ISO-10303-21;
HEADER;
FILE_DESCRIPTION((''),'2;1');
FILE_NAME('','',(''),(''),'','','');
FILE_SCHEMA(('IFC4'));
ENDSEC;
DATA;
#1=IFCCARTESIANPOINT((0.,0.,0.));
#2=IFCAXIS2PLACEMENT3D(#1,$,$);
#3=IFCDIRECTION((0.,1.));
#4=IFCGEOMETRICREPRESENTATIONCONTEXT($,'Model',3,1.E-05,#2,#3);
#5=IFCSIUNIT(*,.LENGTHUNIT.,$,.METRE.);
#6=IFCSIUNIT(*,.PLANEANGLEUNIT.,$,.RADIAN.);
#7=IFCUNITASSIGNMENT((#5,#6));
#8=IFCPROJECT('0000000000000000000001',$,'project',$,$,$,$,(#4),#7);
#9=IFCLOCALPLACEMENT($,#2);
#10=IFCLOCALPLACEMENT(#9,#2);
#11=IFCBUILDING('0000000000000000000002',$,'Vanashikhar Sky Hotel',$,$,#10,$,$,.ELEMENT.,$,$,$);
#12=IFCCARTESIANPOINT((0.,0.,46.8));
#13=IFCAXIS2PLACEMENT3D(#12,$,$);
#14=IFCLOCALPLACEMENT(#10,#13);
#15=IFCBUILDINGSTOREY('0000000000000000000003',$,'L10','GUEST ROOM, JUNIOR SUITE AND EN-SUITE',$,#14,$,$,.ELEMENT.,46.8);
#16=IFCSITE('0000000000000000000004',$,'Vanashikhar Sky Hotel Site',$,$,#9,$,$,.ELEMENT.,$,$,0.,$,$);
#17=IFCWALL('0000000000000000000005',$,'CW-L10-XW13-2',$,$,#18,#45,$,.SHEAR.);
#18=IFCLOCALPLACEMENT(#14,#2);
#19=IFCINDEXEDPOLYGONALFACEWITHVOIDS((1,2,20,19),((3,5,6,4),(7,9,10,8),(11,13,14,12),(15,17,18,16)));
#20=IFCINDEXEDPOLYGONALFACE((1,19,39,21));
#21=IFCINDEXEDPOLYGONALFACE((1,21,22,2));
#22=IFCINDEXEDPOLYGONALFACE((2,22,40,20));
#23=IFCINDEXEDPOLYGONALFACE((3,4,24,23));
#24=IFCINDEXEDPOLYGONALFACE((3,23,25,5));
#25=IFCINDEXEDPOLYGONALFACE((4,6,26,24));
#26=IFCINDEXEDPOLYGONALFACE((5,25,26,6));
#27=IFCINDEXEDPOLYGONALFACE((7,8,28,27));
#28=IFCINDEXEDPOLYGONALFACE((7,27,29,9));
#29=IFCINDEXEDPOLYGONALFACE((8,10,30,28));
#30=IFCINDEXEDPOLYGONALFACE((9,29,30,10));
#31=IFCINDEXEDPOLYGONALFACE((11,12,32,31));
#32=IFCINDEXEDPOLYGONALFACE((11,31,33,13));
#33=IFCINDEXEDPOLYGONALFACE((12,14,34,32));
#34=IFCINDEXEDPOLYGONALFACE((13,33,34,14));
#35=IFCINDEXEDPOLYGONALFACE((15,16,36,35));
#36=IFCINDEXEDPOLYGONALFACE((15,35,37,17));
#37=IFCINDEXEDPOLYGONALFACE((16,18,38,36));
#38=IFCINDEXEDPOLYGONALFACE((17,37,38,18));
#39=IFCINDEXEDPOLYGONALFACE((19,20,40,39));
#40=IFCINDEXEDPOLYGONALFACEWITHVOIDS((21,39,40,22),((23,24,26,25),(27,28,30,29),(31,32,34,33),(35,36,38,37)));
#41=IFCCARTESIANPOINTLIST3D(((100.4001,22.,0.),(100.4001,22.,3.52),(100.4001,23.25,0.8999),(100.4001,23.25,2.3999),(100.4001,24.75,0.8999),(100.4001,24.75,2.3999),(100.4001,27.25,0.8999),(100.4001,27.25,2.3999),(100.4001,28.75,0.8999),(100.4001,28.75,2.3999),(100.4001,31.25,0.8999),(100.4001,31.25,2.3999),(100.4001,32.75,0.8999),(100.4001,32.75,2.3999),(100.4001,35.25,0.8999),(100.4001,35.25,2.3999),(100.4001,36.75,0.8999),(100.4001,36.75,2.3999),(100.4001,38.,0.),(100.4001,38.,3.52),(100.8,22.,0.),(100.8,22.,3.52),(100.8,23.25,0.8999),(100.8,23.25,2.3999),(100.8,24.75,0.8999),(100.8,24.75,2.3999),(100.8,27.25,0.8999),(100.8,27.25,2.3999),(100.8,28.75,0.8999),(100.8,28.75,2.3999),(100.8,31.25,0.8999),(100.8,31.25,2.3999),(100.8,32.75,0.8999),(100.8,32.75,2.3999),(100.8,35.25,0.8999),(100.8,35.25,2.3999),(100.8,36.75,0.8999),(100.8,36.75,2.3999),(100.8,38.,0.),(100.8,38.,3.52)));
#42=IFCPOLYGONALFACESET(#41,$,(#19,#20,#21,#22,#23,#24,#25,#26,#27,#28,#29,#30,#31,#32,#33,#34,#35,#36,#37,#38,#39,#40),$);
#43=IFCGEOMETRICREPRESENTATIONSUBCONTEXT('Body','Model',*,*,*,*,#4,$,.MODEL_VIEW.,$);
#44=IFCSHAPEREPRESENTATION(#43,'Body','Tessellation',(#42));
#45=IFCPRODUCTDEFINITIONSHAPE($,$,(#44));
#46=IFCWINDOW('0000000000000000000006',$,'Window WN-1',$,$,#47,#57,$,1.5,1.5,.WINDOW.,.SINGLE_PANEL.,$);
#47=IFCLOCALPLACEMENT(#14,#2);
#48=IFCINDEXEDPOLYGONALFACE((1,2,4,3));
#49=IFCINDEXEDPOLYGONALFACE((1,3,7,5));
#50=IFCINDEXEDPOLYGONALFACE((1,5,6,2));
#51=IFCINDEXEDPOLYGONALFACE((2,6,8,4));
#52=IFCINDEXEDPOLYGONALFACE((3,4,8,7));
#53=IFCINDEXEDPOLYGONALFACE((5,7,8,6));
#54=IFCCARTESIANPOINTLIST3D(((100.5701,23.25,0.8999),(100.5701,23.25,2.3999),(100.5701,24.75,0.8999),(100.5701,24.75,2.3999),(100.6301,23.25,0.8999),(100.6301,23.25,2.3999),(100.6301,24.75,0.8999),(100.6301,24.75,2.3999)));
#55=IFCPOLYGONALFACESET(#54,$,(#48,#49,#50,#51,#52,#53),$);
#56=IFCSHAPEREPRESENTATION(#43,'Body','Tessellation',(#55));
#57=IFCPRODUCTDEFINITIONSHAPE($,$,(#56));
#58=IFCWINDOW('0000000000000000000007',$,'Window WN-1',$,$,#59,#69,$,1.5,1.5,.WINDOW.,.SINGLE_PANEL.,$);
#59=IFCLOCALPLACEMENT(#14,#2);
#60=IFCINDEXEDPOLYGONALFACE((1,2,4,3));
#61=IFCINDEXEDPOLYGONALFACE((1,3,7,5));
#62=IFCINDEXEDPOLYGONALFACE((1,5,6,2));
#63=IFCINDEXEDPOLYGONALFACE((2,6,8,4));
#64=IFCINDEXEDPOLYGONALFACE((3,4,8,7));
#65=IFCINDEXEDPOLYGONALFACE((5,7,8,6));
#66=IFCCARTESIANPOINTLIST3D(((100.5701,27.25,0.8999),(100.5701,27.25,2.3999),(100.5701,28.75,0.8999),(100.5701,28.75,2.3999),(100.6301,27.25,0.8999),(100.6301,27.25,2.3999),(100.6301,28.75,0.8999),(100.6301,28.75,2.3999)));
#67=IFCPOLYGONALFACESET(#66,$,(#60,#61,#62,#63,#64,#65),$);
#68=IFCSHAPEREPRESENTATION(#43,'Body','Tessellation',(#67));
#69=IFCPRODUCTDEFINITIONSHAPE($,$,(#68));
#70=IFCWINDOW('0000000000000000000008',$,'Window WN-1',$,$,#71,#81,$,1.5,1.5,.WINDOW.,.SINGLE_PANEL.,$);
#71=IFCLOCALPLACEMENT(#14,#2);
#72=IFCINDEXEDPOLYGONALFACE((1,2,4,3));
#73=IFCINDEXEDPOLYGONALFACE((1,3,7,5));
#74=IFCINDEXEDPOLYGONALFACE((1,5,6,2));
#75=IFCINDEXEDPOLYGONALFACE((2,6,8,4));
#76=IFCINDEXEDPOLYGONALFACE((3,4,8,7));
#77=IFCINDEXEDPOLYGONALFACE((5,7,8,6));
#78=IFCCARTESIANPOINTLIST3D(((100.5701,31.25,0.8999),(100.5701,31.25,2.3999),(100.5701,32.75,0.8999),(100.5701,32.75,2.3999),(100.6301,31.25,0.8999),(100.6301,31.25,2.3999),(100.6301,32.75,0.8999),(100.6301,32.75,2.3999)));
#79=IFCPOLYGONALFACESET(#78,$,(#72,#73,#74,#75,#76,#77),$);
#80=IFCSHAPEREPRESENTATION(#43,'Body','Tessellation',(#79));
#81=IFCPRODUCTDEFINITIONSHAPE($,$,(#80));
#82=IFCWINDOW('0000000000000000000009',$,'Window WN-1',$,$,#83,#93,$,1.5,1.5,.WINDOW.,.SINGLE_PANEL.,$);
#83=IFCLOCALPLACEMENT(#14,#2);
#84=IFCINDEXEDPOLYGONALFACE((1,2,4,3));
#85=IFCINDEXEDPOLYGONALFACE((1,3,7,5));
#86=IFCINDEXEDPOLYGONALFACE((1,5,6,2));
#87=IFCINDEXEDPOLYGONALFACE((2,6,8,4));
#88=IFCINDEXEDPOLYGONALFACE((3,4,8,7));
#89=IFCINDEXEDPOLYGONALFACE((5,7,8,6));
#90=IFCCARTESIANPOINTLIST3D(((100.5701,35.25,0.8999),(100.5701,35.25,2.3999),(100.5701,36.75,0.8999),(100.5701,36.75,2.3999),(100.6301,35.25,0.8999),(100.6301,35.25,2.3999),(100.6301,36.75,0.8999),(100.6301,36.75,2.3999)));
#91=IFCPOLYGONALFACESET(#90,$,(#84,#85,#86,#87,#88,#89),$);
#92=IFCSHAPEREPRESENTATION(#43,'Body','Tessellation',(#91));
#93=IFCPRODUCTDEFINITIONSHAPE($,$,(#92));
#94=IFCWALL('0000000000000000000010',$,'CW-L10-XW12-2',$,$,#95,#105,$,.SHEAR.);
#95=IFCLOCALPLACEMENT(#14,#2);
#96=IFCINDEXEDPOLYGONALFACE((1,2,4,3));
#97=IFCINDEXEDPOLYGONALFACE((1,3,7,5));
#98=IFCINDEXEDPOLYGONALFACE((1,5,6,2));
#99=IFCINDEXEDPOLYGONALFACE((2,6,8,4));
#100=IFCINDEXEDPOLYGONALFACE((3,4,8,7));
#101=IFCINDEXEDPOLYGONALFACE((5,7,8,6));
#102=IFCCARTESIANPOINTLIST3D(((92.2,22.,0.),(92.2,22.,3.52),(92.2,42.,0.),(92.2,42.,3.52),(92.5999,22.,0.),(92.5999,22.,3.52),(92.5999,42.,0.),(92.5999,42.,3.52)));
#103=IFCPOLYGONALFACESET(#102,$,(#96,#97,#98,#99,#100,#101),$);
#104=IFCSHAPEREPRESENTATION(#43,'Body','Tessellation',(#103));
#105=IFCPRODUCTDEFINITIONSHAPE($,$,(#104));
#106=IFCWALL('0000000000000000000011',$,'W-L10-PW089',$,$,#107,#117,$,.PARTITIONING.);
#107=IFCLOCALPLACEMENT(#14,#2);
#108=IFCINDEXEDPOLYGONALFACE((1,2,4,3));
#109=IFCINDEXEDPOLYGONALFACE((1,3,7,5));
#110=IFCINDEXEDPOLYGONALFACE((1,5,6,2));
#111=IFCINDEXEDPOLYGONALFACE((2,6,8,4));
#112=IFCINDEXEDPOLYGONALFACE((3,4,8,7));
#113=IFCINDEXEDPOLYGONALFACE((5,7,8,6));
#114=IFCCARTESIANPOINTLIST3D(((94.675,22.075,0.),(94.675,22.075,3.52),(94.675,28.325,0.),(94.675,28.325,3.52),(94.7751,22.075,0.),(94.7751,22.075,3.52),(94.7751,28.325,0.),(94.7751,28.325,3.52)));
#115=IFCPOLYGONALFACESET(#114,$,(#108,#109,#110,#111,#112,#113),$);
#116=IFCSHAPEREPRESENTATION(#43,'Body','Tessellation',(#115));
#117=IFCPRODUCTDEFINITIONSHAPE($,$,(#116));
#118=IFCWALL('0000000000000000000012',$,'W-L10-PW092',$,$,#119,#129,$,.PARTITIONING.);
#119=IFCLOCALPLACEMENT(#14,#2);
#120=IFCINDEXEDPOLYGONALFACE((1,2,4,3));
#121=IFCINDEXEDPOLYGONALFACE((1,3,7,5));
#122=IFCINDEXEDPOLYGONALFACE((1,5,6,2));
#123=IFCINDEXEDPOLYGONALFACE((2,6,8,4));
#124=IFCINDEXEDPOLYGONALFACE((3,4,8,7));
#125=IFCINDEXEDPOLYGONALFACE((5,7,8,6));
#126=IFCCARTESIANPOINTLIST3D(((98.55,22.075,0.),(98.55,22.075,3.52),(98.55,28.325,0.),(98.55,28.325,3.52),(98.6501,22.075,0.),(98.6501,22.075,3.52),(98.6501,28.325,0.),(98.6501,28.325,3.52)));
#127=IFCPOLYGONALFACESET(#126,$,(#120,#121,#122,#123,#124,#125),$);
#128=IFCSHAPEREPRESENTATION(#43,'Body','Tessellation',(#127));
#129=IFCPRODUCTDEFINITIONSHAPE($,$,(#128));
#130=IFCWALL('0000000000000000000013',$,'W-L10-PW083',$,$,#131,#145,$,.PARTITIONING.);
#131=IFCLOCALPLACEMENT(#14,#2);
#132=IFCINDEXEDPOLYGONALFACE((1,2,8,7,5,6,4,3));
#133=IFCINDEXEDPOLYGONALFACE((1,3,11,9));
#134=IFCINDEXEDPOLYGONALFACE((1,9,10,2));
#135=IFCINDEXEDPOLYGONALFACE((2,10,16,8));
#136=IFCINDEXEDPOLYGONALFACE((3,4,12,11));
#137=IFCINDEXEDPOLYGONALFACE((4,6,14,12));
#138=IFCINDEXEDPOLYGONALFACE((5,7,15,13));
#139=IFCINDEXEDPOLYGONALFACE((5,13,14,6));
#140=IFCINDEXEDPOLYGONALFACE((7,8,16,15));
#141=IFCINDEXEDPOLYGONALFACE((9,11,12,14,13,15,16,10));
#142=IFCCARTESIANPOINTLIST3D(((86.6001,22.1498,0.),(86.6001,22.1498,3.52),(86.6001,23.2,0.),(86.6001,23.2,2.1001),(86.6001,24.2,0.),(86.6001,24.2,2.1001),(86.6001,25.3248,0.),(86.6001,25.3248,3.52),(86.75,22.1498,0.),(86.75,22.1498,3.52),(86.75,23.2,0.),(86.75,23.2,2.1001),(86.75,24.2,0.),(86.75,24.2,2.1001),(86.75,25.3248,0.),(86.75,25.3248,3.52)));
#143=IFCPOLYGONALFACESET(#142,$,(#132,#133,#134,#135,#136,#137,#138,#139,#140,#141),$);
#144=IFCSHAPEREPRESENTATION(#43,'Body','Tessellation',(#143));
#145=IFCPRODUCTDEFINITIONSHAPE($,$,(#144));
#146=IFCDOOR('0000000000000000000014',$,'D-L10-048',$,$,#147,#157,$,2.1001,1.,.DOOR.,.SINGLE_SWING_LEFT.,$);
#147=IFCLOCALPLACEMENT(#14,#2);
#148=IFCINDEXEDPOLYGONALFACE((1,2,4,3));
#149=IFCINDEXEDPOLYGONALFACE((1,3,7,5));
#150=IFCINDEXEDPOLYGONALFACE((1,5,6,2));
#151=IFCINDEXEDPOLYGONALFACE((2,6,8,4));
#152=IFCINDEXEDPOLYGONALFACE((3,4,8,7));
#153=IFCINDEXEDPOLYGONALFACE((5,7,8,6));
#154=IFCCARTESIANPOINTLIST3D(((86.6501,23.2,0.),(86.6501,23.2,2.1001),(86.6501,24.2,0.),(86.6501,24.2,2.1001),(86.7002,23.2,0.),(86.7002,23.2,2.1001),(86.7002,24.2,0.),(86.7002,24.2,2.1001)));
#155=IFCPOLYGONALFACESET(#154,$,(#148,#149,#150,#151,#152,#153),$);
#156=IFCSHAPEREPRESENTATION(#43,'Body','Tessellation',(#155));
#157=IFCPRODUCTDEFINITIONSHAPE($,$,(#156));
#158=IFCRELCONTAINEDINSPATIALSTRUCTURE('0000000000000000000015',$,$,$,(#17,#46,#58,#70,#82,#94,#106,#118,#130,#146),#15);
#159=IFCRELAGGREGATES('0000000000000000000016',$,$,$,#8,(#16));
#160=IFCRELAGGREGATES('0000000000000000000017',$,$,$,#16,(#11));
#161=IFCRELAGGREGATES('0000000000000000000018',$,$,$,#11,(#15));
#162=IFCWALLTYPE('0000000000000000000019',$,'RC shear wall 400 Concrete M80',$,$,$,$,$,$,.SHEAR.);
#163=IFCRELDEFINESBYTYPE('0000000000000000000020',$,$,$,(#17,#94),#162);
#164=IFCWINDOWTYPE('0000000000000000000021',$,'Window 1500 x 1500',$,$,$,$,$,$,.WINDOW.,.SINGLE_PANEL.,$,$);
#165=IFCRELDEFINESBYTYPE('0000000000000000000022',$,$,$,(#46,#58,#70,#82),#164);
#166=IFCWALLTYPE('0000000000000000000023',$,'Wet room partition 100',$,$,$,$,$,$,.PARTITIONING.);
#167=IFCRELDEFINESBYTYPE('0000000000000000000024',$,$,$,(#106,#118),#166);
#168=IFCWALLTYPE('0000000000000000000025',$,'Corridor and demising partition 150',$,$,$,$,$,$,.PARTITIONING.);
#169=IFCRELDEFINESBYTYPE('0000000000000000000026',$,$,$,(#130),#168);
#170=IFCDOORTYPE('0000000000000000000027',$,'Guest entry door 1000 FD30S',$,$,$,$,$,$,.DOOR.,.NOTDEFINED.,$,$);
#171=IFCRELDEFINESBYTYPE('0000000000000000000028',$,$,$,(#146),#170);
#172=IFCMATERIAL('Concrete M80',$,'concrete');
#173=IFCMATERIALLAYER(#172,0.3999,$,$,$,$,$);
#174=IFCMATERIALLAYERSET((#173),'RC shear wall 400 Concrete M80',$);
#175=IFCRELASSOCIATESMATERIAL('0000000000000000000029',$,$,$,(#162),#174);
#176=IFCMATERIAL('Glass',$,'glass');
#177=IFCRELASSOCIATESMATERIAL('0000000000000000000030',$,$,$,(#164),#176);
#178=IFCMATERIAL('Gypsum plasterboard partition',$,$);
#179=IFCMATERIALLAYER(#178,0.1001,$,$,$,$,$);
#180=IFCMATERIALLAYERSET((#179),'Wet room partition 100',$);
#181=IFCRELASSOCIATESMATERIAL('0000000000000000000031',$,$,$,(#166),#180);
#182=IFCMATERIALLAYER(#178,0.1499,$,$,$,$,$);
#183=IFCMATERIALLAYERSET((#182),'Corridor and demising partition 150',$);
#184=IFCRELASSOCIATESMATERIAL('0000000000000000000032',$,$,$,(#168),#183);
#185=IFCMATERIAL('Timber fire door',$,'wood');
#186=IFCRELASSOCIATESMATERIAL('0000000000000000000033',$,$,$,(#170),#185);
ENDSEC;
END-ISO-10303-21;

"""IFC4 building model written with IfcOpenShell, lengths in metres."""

from ifc_helpers import new_model, si_unit, direction, frame, frame_2d, origin, place, context, subcontext, project, spatial, rectangle, extrude, source, transform, mapped, material, layer, layer_set, type_object, element, fill, save


model = new_model("IFC4")

# Units and contexts
model_context = context("Model", 3, precision=1e-05, world=origin(), true_north=direction((0.0, 1.0)))
body_context = subcontext(model_context, "Body", "Model", "MODEL_VIEW")
ifc_project = project(units=[si_unit("LENGTHUNIT", "METRE"), si_unit("PLANEANGLEUNIT", "RADIAN")], contexts=[model_context])

# Site, building, storey
site_placement = place(None, origin())
site = spatial("IfcSite", under=ifc_project, at=site_placement, Name="Vanashikhar Sky Hotel Site", CompositionType="ELEMENT", RefElevation=0.0)
building_placement = place(site_placement, origin())
building = spatial("IfcBuilding", under=site, at=building_placement, Name="Vanashikhar Sky Hotel", CompositionType="ELEMENT")
storey_placement = place(building_placement, frame((0.0, 0.0, 46.8)))
storey = spatial("IfcBuildingStorey", under=building, at=storey_placement, Name="L10", Description="GUEST ROOM, JUNIOR SUITE AND EN-SUITE", CompositionType="ELEMENT", Elevation=46.8)

# Wall, openings, windows
ifc_material_1 = material(Name="Concrete M80", Category="concrete")
ifc_layer_1 = layer(ifc_material_1, 0.3999)
ifc_layer_set_1 = layer_set([ifc_layer_1], Name="RC shear wall 400 Concrete M80")
wall_type_1 = type_object("IfcWallType", Name="RC shear wall 400 Concrete M80", PredefinedType="SHEAR", material=ifc_layer_set_1)
shared_shape_1 = source(origin(), body_context, "Body", "SweptSolid", [
    extrude(rectangle(XDim=16.0, YDim=0.3999, at=frame_2d((8.0, 0.0))), origin(), (0.0, 0.0, 1.0), 3.52),
])
wall_1_placement = place(storey_placement, frame((100.6001, 22.0, 0.0), z_axis=(0.0, 0.0, 1.0), x_axis=(0.0, 1.0, 0.0)))
wall_1 = element("IfcWall", 1, at=wall_1_placement, inside=storey, type_object=wall_type_1, Name="CW-L10-XW13-2", PredefinedType="SHEAR", context=body_context, shape_type="MappedRepresentation", body=[
    mapped(shared_shape_1, transform((0.0, 0.0, 0.0), scale=1.0)),
])
shared_shape_2 = source(origin(), body_context, "Body", "SweptSolid", [
    extrude(rectangle(XDim=1.5, YDim=1.5, at=frame_2d((0.75, 0.75))), frame((0.0, 0.21, 0.0), z_axis=(0.0, -1.0, 0.0), x_axis=(1.0, 0.0, 0.0)), (0.0, 0.0, 1.0), 0.4199),
])
opening_1_placement = place(wall_1_placement, frame((1.25, 0.0, 0.8999)))
opening_1 = element("IfcOpeningElement", 2, at=opening_1_placement, cuts=wall_1, PredefinedType="OPENING", context=body_context, shape_type="MappedRepresentation", body=[
    mapped(shared_shape_2, transform((0.0, 0.0, 0.0), scale=1.0)),
])
opening_2_placement = place(wall_1_placement, frame((5.25, 0.0, 0.8999)))
opening_2 = element("IfcOpeningElement", 3, at=opening_2_placement, cuts=wall_1, PredefinedType="OPENING", context=body_context, shape_type="MappedRepresentation", body=[
    mapped(shared_shape_2, transform((0.0, 0.0, 0.0), scale=1.0)),
])
opening_3_placement = place(wall_1_placement, frame((9.25, 0.0, 0.8999)))
opening_3 = element("IfcOpeningElement", 4, at=opening_3_placement, cuts=wall_1, PredefinedType="OPENING", context=body_context, shape_type="MappedRepresentation", body=[
    mapped(shared_shape_2, transform((0.0, 0.0, 0.0), scale=1.0)),
])
opening_4_placement = place(wall_1_placement, frame((13.25, 0.0, 0.8999)))
opening_4 = element("IfcOpeningElement", 5, at=opening_4_placement, cuts=wall_1, PredefinedType="OPENING", context=body_context, shape_type="MappedRepresentation", body=[
    mapped(shared_shape_2, transform((0.0, 0.0, 0.0), scale=1.0)),
])
ifc_material_2 = material(Name="Glass", Category="glass")
window_type = type_object("IfcWindowType", Name="Window 1500 x 1500", PartitioningType="SINGLE_PANEL", PredefinedType="WINDOW", material=ifc_material_2)
shared_shape_3 = source(origin(), body_context, "Body", "SweptSolid", [
    extrude(rectangle(XDim=1.5, YDim=1.5, at=frame_2d((0.75, 0.75))), frame((0.0, 0.03, 0.0), z_axis=(0.0, -1.0, 0.0), x_axis=(1.0, 0.0, 0.0)), (0.0, 0.0, 1.0), 0.0601),
])
window_1_placement = place(opening_1_placement, origin())
window_1 = element("IfcWindow", 6, at=window_1_placement, inside=storey, type_object=window_type, Name="Window WN-1", OverallHeight=1.5, OverallWidth=1.5, PartitioningType="SINGLE_PANEL", PredefinedType="WINDOW", context=body_context, shape_type="MappedRepresentation", body=[
    mapped(shared_shape_3, transform((0.0, 0.0, 0.0), scale=1.0)),
])
fill(opening_1, window_1)
window_2_placement = place(opening_2_placement, origin())
window_2 = element("IfcWindow", 7, at=window_2_placement, inside=storey, type_object=window_type, Name="Window WN-1", OverallHeight=1.5, OverallWidth=1.5, PartitioningType="SINGLE_PANEL", PredefinedType="WINDOW", context=body_context, shape_type="MappedRepresentation", body=[
    mapped(shared_shape_3, transform((0.0, 0.0, 0.0), scale=1.0)),
])
fill(opening_2, window_2)
window_3_placement = place(opening_3_placement, origin())
window_3 = element("IfcWindow", 8, at=window_3_placement, inside=storey, type_object=window_type, Name="Window WN-1", OverallHeight=1.5, OverallWidth=1.5, PartitioningType="SINGLE_PANEL", PredefinedType="WINDOW", context=body_context, shape_type="MappedRepresentation", body=[
    mapped(shared_shape_3, transform((0.0, 0.0, 0.0), scale=1.0)),
])
fill(opening_3, window_3)
window_4_placement = place(opening_4_placement, origin())
window_4 = element("IfcWindow", 9, at=window_4_placement, inside=storey, type_object=window_type, Name="Window WN-1", OverallHeight=1.5, OverallWidth=1.5, PartitioningType="SINGLE_PANEL", PredefinedType="WINDOW", context=body_context, shape_type="MappedRepresentation", body=[
    mapped(shared_shape_3, transform((0.0, 0.0, 0.0), scale=1.0)),
])
fill(opening_4, window_4)

# Walls
shared_shape_4 = source(origin(), body_context, "Body", "SweptSolid", [
    extrude(rectangle(XDim=20.0, YDim=0.3999, at=frame_2d((10.0, 0.0))), origin(), (0.0, 0.0, 1.0), 3.52),
])
wall_2_placement = place(storey_placement, frame((92.3999, 22.0, 0.0), z_axis=(0.0, 0.0, 1.0), x_axis=(0.0, 1.0, 0.0)))
element("IfcWall", 10, at=wall_2_placement, inside=storey, type_object=wall_type_1, Name="CW-L10-XW12-2", PredefinedType="SHEAR", context=body_context, shape_type="MappedRepresentation", body=[
    mapped(shared_shape_4, transform((0.0, 0.0, 0.0), scale=1.0)),
])
ifc_material_3 = material(Name="Gypsum plasterboard partition")
ifc_layer_2 = layer(ifc_material_3, 0.1001)
ifc_layer_set_2 = layer_set([ifc_layer_2], Name="Wet room partition 100")
wall_type_2 = type_object("IfcWallType", Name="Wet room partition 100", PredefinedType="PARTITIONING", material=ifc_layer_set_2)
shared_shape_5 = source(origin(), body_context, "Body", "SweptSolid", [
    extrude(rectangle(XDim=6.25, YDim=0.1001, at=frame_2d((3.125, 0.0))), origin(), (0.0, 0.0, 1.0), 3.52),
])
for number, where, z_axis, x_axis, name in (
    (11, (94.7251, 22.075, 0.0), (0.0, 0.0, 1.0), (0.0, 1.0, 0.0), "W-L10-PW089"),
    (12, (98.6001, 22.075, 0.0), (0.0, 0.0, 1.0), (0.0, 1.0, 0.0), "W-L10-PW092"),
):
    element("IfcWall", number, at=place(storey_placement, frame(where, z_axis=z_axis, x_axis=x_axis)), inside=storey, type_object=wall_type_2, Name=name, PredefinedType="PARTITIONING", context=body_context, shape_type="MappedRepresentation", body=[
        mapped(shared_shape_5, transform((0.0, 0.0, 0.0), scale=1.0)),
    ])

# Wall, opening, door
ifc_layer_3 = layer(ifc_material_3, 0.1499)
ifc_layer_set_3 = layer_set([ifc_layer_3], Name="Corridor and demising partition 150")
wall_type_3 = type_object("IfcWallType", Name="Corridor and demising partition 150", PredefinedType="PARTITIONING", material=ifc_layer_set_3)
shared_shape_6 = source(origin(), body_context, "Body", "SweptSolid", [
    extrude(rectangle(XDim=3.175, YDim=0.1499, at=frame_2d((1.5874, 0.0))), origin(), (0.0, 0.0, 1.0), 3.52),
])
wall_3_placement = place(storey_placement, frame((86.675, 22.1499, 0.0), z_axis=(0.0, 0.0, 1.0), x_axis=(0.0, 1.0, 0.0)))
wall_3 = element("IfcWall", 13, at=wall_3_placement, inside=storey, type_object=wall_type_3, Name="W-L10-PW083", PredefinedType="PARTITIONING", context=body_context, shape_type="MappedRepresentation", body=[
    mapped(shared_shape_6, transform((0.0, 0.0, 0.0), scale=1.0)),
])
shared_shape_7 = source(origin(), body_context, "Body", "SweptSolid", [
    extrude(rectangle(XDim=1.0, YDim=2.1001, at=frame_2d((0.5, 1.05))), frame((0.0, 0.085, 0.0), z_axis=(0.0, -1.0, 0.0), x_axis=(1.0, 0.0, 0.0)), (0.0, 0.0, 1.0), 0.1699),
])
opening_5_placement = place(wall_3_placement, frame((1.05, 0.0, 0.0)))
opening_5 = element("IfcOpeningElement", 14, at=opening_5_placement, cuts=wall_3, PredefinedType="OPENING", context=body_context, shape_type="MappedRepresentation", body=[
    mapped(shared_shape_7, transform((0.0, 0.0, 0.0), scale=1.0)),
])
ifc_material_4 = material(Name="Timber fire door", Category="wood")
door_type_1 = type_object("IfcDoorType", Name="Guest entry door 1000 FD30S", OperationType="NOTDEFINED", PredefinedType="DOOR", material=ifc_material_4)
shared_shape_8 = source(origin(), body_context, "Body", "SweptSolid", [
    extrude(rectangle(XDim=1.0, YDim=2.1001, at=frame_2d((0.5, 1.05))), frame((0.0, 0.0249, 0.0), z_axis=(0.0, -1.0, 0.0), x_axis=(1.0, 0.0, 0.0)), (0.0, 0.0, 1.0), 0.05),
])
door_1_placement = place(opening_5_placement, origin())
door_1 = element("IfcDoor", 15, at=door_1_placement, inside=storey, type_object=door_type_1, Name="D-L10-048", OperationType="SINGLE_SWING_LEFT", OverallHeight=2.1001, OverallWidth=1.0, PredefinedType="DOOR", context=body_context, shape_type="MappedRepresentation", body=[
    mapped(shared_shape_8, transform((0.0, 0.0, 0.0), scale=1.0)),
])
fill(opening_5, door_1)

save(model, "model.ifc")
